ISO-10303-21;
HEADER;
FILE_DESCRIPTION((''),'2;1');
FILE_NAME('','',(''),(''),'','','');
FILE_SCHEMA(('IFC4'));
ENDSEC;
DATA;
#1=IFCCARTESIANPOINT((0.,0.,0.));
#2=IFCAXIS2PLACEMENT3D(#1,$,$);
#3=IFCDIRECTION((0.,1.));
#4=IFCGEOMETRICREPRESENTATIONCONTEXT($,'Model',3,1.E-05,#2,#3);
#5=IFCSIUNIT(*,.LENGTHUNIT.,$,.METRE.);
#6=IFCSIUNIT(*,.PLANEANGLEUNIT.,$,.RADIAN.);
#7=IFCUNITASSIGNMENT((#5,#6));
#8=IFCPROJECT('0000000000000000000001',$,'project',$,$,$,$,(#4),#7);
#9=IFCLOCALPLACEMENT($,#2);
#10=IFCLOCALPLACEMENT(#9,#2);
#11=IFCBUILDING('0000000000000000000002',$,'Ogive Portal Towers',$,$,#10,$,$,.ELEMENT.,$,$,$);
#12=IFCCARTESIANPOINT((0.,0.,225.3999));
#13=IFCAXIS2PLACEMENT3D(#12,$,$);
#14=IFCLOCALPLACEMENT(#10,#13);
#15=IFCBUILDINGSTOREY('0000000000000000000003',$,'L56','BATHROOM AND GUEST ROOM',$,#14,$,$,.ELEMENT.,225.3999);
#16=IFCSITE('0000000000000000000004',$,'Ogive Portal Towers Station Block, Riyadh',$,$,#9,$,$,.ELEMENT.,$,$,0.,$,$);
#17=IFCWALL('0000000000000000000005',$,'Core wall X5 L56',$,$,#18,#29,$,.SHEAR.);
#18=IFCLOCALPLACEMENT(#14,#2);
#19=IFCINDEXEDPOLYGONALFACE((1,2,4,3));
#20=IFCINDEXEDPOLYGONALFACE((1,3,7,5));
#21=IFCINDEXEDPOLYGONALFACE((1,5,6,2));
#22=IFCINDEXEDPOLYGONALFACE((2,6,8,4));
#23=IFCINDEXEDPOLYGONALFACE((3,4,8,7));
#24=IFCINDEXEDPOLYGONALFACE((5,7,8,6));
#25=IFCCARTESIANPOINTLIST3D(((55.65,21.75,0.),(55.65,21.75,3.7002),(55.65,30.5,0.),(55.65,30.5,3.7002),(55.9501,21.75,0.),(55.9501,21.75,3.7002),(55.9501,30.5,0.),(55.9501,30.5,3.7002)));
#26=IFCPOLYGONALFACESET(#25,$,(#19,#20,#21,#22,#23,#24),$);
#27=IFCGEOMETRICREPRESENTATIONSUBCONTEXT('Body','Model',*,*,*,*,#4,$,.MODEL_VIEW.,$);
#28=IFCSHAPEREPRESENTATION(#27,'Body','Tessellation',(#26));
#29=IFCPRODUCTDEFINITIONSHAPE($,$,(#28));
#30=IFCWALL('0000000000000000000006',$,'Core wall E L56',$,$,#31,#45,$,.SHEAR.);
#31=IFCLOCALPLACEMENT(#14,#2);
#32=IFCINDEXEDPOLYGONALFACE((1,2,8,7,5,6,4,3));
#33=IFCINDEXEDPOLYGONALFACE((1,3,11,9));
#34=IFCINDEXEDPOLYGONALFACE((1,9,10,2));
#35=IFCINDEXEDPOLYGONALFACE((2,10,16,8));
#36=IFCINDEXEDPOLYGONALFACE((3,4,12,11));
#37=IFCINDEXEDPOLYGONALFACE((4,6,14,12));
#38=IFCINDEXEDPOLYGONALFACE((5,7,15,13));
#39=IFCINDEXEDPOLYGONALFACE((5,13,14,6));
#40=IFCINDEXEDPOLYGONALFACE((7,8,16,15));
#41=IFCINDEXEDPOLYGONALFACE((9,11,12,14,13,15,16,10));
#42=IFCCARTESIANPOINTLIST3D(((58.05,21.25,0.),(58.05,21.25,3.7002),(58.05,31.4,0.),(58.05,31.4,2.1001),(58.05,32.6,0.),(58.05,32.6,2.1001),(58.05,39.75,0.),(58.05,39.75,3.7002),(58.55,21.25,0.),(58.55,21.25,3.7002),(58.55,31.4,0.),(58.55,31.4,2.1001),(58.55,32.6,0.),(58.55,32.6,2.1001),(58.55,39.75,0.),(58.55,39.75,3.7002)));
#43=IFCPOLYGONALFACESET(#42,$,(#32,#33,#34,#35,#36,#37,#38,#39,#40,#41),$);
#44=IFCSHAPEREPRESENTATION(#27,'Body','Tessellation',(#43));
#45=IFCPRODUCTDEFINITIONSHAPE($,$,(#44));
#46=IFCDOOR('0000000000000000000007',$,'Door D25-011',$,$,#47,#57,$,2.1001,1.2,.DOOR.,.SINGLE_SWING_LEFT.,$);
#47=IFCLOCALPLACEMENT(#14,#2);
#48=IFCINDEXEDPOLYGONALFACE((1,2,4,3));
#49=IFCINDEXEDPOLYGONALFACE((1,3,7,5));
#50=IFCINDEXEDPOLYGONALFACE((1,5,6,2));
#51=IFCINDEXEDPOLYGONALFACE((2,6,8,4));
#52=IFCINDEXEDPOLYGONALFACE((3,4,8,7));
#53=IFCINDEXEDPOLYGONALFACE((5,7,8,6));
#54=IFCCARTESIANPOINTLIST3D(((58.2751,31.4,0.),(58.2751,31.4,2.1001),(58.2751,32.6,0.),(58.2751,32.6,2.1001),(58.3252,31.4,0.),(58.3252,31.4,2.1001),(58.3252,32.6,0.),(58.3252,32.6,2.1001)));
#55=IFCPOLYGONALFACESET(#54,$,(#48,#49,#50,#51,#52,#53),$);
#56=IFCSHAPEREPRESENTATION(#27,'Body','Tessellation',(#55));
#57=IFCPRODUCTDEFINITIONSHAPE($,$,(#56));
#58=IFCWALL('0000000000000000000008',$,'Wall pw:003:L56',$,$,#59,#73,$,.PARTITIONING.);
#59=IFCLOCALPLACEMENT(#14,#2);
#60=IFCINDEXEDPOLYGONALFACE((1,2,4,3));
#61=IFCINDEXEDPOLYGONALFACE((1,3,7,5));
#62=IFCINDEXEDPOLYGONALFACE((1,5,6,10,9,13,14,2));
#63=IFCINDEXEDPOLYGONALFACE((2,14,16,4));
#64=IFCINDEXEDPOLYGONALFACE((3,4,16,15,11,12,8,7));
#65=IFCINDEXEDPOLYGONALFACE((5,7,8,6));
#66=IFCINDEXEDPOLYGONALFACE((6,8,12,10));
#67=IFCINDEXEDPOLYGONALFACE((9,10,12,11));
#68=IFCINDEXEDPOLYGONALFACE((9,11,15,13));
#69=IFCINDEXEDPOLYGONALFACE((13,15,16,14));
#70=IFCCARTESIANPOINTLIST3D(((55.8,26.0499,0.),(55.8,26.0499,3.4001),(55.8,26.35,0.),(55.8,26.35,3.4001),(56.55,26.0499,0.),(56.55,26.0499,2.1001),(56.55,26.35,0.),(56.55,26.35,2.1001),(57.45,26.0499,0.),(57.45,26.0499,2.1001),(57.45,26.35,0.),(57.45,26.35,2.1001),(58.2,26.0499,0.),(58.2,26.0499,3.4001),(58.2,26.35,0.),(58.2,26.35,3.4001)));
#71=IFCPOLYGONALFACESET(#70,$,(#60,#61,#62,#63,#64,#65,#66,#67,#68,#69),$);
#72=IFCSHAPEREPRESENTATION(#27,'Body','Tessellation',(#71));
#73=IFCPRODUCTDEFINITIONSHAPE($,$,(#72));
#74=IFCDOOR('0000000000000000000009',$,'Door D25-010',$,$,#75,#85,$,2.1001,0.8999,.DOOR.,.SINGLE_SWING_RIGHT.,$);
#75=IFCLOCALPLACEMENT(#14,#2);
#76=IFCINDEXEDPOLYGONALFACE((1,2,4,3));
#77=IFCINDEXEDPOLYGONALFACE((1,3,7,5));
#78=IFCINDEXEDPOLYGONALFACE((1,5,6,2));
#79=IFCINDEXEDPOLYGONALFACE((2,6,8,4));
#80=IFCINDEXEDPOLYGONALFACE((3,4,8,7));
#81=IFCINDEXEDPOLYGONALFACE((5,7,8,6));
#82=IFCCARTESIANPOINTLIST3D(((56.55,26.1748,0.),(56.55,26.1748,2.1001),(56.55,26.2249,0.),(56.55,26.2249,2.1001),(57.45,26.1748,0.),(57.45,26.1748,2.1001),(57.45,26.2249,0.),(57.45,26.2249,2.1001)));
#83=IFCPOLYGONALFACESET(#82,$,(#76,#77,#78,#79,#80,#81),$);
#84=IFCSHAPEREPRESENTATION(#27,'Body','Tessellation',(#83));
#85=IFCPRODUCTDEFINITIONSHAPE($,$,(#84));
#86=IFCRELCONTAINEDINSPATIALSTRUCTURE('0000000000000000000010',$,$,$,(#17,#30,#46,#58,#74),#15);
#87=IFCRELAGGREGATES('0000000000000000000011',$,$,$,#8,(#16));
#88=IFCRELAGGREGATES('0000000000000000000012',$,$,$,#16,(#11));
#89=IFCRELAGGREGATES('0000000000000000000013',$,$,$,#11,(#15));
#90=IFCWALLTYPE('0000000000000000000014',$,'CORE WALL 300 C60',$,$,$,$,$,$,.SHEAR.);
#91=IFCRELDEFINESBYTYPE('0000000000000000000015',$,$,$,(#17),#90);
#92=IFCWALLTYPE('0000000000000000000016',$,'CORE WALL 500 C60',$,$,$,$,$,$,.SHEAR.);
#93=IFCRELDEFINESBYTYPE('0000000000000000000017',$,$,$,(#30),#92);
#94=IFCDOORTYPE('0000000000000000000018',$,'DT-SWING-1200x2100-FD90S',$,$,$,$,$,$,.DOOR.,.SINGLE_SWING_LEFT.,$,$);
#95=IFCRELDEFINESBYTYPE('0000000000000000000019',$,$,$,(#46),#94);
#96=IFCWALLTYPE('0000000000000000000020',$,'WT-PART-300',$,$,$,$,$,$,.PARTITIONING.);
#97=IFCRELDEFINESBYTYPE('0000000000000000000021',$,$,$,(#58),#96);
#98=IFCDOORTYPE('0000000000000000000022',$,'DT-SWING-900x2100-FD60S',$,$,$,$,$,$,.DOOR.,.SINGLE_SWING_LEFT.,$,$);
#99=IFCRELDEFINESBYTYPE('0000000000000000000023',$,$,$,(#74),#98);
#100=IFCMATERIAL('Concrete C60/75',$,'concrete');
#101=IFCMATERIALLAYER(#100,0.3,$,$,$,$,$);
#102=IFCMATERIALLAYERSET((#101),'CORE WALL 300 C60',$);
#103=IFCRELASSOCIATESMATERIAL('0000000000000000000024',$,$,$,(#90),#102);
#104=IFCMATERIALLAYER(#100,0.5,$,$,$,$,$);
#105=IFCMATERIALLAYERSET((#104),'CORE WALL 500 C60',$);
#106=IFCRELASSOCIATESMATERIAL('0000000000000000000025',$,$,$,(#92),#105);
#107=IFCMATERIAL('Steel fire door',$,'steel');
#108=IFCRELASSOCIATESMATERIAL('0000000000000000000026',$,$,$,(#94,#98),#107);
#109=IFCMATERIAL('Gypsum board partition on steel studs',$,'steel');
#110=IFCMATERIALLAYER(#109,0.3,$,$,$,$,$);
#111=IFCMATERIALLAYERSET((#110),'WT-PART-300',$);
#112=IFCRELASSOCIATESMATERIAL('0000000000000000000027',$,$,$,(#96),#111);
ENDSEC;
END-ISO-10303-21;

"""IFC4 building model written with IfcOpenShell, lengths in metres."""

from ifc_helpers import new_model, si_unit, direction, frame, frame_2d, origin, place, context, subcontext, project, spatial, rectangle, extrude, material, layer, layer_set, type_object, element, fill, save


model = new_model("IFC4")

# Units and contexts
model_context = context("Model", 3, precision=1e-05, world=origin(), true_north=direction((0.0, 1.0)))
body_context = subcontext(model_context, "Body", "Model", "MODEL_VIEW")
ifc_project = project(units=[si_unit("LENGTHUNIT", "METRE"), si_unit("PLANEANGLEUNIT", "RADIAN")], contexts=[model_context])

# Site, building, storey
site_placement = place(None, origin())
site = spatial("IfcSite", under=ifc_project, at=site_placement, Name="Ogive Portal Towers Station Block, Riyadh", CompositionType="ELEMENT", RefElevation=0.0)
building_placement = place(site_placement, origin())
building = spatial("IfcBuilding", under=site, at=building_placement, Name="Ogive Portal Towers", CompositionType="ELEMENT")
storey_placement = place(building_placement, frame((0.0, 0.0, 225.3999)))
storey = spatial("IfcBuildingStorey", under=building, at=storey_placement, Name="L56", Description="BATHROOM AND GUEST ROOM", CompositionType="ELEMENT", Elevation=225.3999)

# Wall
ifc_material_1 = material(Name="Concrete C60/75", Category="concrete")
ifc_layer_1 = layer(ifc_material_1, 0.3)
ifc_layer_set_1 = layer_set([ifc_layer_1], Name="CORE WALL 300 C60")
wall_type_1 = type_object("IfcWallType", Name="CORE WALL 300 C60", PredefinedType="SHEAR", material=ifc_layer_set_1)
wall_1_placement = place(storey_placement, frame((55.8, 21.75, 0.0), z_axis=(0.0, 0.0, 1.0), x_axis=(0.0, 1.0, 0.0)))
element("IfcWall", 1, at=wall_1_placement, inside=storey, type_object=wall_type_1, Name="Core wall X5 L56", PredefinedType="SHEAR", context=body_context, shape_type="SweptSolid", body=[
    extrude(rectangle(XDim=8.75, YDim=0.3, at=frame_2d((4.375, 0.0))), origin(), (0.0, 0.0, 1.0), 3.7002),
])

# Walls, openings, doors
ifc_layer_2 = layer(ifc_material_1, 0.5)
ifc_layer_set_2 = layer_set([ifc_layer_2], Name="CORE WALL 500 C60")
wall_type_2 = type_object("IfcWallType", Name="CORE WALL 500 C60", PredefinedType="SHEAR", material=ifc_layer_set_2)
wall_2_placement = place(storey_placement, frame((58.3, 21.25, 0.0), z_axis=(0.0, 0.0, 1.0), x_axis=(0.0, 1.0, 0.0)))
wall_2 = element("IfcWall", 2, at=wall_2_placement, inside=storey, type_object=wall_type_2, Name="Core wall E L56", PredefinedType="SHEAR", context=body_context, shape_type="SweptSolid", body=[
    extrude(rectangle(XDim=18.5, YDim=0.5, at=frame_2d((9.25, 0.0))), origin(), (0.0, 0.0, 1.0), 3.7002),
])
opening_1_placement = place(wall_2_placement, frame((10.1499, 0.0, 0.0)))
opening_1 = element("IfcOpeningElement", 3, at=opening_1_placement, cuts=wall_2, PredefinedType="OPENING", context=body_context, shape_type="SweptSolid", body=[
    extrude(rectangle(XDim=1.2, YDim=2.1001, at=frame_2d((0.6001, 1.05))), frame((0.0, 0.26, 0.0), z_axis=(0.0, -1.0, 0.0), x_axis=(1.0, 0.0, 0.0)), (0.0, 0.0, 1.0), 0.52),
])
ifc_material_2 = material(Name="Steel fire door", Category="steel")
door_type_1 = type_object("IfcDoorType", Name="DT-SWING-1200x2100-FD90S", OperationType="SINGLE_SWING_LEFT", PredefinedType="DOOR", material=ifc_material_2)
door_1_placement = place(opening_1_placement, origin())
door_1 = element("IfcDoor", 4, at=door_1_placement, inside=storey, type_object=door_type_1, Name="Door D25-011", OperationType="SINGLE_SWING_LEFT", OverallHeight=2.1001, OverallWidth=1.2, PredefinedType="DOOR", context=body_context, shape_type="SweptSolid", body=[
    extrude(rectangle(XDim=1.2, YDim=2.1001, at=frame_2d((0.6001, 1.05))), frame((0.0, 0.0249, 0.0), z_axis=(0.0, -1.0, 0.0), x_axis=(1.0, 0.0, 0.0)), (0.0, 0.0, 1.0), 0.05),
])
fill(opening_1, door_1)
ifc_material_3 = material(Name="Gypsum board partition on steel studs", Category="steel")
ifc_layer_3 = layer(ifc_material_3, 0.3)
ifc_layer_set_3 = layer_set([ifc_layer_3], Name="WT-PART-300")
wall_type_3 = type_object("IfcWallType", Name="WT-PART-300", PredefinedType="PARTITIONING", material=ifc_layer_set_3)
wall_3_placement = place(storey_placement, frame((55.8, 26.2, 0.0), z_axis=(0.0, 0.0, 1.0), x_axis=(1.0, 0.0, 0.0)))
wall_3 = element("IfcWall", 5, at=wall_3_placement, inside=storey, type_object=wall_type_3, Name="Wall pw:003:L56", PredefinedType="PARTITIONING", context=body_context, shape_type="SweptSolid", body=[
    extrude(rectangle(XDim=2.3999, YDim=0.3, at=frame_2d((1.2, 0.0))), origin(), (0.0, 0.0, 1.0), 3.4001),
])
opening_2_placement = place(wall_3_placement, frame((0.75, 0.0, 0.0)))
opening_2 = element("IfcOpeningElement", 6, at=opening_2_placement, cuts=wall_3, PredefinedType="OPENING", context=body_context, shape_type="SweptSolid", body=[
    extrude(rectangle(XDim=0.8999, YDim=2.1001, at=frame_2d((0.45, 1.05))), frame((0.0, 0.1602, 0.0), z_axis=(0.0, -1.0, 0.0), x_axis=(1.0, 0.0, 0.0)), (0.0, 0.0, 1.0), 0.3201),
])
door_type_2 = type_object("IfcDoorType", Name="DT-SWING-900x2100-FD60S", OperationType="SINGLE_SWING_LEFT", PredefinedType="DOOR", material=ifc_material_2)
door_2_placement = place(opening_2_placement, origin())
door_2 = element("IfcDoor", 7, at=door_2_placement, inside=storey, type_object=door_type_2, Name="Door D25-010", OperationType="SINGLE_SWING_RIGHT", OverallHeight=2.1001, OverallWidth=0.8999, PredefinedType="DOOR", context=body_context, shape_type="SweptSolid", body=[
    extrude(rectangle(XDim=0.8999, YDim=2.1001, at=frame_2d((0.45, 1.05))), frame((0.0, 0.0249, 0.0), z_axis=(0.0, -1.0, 0.0), x_axis=(1.0, 0.0, 0.0)), (0.0, 0.0, 1.0), 0.05),
])
fill(opening_2, door_2)

save(model, "model.ifc")
